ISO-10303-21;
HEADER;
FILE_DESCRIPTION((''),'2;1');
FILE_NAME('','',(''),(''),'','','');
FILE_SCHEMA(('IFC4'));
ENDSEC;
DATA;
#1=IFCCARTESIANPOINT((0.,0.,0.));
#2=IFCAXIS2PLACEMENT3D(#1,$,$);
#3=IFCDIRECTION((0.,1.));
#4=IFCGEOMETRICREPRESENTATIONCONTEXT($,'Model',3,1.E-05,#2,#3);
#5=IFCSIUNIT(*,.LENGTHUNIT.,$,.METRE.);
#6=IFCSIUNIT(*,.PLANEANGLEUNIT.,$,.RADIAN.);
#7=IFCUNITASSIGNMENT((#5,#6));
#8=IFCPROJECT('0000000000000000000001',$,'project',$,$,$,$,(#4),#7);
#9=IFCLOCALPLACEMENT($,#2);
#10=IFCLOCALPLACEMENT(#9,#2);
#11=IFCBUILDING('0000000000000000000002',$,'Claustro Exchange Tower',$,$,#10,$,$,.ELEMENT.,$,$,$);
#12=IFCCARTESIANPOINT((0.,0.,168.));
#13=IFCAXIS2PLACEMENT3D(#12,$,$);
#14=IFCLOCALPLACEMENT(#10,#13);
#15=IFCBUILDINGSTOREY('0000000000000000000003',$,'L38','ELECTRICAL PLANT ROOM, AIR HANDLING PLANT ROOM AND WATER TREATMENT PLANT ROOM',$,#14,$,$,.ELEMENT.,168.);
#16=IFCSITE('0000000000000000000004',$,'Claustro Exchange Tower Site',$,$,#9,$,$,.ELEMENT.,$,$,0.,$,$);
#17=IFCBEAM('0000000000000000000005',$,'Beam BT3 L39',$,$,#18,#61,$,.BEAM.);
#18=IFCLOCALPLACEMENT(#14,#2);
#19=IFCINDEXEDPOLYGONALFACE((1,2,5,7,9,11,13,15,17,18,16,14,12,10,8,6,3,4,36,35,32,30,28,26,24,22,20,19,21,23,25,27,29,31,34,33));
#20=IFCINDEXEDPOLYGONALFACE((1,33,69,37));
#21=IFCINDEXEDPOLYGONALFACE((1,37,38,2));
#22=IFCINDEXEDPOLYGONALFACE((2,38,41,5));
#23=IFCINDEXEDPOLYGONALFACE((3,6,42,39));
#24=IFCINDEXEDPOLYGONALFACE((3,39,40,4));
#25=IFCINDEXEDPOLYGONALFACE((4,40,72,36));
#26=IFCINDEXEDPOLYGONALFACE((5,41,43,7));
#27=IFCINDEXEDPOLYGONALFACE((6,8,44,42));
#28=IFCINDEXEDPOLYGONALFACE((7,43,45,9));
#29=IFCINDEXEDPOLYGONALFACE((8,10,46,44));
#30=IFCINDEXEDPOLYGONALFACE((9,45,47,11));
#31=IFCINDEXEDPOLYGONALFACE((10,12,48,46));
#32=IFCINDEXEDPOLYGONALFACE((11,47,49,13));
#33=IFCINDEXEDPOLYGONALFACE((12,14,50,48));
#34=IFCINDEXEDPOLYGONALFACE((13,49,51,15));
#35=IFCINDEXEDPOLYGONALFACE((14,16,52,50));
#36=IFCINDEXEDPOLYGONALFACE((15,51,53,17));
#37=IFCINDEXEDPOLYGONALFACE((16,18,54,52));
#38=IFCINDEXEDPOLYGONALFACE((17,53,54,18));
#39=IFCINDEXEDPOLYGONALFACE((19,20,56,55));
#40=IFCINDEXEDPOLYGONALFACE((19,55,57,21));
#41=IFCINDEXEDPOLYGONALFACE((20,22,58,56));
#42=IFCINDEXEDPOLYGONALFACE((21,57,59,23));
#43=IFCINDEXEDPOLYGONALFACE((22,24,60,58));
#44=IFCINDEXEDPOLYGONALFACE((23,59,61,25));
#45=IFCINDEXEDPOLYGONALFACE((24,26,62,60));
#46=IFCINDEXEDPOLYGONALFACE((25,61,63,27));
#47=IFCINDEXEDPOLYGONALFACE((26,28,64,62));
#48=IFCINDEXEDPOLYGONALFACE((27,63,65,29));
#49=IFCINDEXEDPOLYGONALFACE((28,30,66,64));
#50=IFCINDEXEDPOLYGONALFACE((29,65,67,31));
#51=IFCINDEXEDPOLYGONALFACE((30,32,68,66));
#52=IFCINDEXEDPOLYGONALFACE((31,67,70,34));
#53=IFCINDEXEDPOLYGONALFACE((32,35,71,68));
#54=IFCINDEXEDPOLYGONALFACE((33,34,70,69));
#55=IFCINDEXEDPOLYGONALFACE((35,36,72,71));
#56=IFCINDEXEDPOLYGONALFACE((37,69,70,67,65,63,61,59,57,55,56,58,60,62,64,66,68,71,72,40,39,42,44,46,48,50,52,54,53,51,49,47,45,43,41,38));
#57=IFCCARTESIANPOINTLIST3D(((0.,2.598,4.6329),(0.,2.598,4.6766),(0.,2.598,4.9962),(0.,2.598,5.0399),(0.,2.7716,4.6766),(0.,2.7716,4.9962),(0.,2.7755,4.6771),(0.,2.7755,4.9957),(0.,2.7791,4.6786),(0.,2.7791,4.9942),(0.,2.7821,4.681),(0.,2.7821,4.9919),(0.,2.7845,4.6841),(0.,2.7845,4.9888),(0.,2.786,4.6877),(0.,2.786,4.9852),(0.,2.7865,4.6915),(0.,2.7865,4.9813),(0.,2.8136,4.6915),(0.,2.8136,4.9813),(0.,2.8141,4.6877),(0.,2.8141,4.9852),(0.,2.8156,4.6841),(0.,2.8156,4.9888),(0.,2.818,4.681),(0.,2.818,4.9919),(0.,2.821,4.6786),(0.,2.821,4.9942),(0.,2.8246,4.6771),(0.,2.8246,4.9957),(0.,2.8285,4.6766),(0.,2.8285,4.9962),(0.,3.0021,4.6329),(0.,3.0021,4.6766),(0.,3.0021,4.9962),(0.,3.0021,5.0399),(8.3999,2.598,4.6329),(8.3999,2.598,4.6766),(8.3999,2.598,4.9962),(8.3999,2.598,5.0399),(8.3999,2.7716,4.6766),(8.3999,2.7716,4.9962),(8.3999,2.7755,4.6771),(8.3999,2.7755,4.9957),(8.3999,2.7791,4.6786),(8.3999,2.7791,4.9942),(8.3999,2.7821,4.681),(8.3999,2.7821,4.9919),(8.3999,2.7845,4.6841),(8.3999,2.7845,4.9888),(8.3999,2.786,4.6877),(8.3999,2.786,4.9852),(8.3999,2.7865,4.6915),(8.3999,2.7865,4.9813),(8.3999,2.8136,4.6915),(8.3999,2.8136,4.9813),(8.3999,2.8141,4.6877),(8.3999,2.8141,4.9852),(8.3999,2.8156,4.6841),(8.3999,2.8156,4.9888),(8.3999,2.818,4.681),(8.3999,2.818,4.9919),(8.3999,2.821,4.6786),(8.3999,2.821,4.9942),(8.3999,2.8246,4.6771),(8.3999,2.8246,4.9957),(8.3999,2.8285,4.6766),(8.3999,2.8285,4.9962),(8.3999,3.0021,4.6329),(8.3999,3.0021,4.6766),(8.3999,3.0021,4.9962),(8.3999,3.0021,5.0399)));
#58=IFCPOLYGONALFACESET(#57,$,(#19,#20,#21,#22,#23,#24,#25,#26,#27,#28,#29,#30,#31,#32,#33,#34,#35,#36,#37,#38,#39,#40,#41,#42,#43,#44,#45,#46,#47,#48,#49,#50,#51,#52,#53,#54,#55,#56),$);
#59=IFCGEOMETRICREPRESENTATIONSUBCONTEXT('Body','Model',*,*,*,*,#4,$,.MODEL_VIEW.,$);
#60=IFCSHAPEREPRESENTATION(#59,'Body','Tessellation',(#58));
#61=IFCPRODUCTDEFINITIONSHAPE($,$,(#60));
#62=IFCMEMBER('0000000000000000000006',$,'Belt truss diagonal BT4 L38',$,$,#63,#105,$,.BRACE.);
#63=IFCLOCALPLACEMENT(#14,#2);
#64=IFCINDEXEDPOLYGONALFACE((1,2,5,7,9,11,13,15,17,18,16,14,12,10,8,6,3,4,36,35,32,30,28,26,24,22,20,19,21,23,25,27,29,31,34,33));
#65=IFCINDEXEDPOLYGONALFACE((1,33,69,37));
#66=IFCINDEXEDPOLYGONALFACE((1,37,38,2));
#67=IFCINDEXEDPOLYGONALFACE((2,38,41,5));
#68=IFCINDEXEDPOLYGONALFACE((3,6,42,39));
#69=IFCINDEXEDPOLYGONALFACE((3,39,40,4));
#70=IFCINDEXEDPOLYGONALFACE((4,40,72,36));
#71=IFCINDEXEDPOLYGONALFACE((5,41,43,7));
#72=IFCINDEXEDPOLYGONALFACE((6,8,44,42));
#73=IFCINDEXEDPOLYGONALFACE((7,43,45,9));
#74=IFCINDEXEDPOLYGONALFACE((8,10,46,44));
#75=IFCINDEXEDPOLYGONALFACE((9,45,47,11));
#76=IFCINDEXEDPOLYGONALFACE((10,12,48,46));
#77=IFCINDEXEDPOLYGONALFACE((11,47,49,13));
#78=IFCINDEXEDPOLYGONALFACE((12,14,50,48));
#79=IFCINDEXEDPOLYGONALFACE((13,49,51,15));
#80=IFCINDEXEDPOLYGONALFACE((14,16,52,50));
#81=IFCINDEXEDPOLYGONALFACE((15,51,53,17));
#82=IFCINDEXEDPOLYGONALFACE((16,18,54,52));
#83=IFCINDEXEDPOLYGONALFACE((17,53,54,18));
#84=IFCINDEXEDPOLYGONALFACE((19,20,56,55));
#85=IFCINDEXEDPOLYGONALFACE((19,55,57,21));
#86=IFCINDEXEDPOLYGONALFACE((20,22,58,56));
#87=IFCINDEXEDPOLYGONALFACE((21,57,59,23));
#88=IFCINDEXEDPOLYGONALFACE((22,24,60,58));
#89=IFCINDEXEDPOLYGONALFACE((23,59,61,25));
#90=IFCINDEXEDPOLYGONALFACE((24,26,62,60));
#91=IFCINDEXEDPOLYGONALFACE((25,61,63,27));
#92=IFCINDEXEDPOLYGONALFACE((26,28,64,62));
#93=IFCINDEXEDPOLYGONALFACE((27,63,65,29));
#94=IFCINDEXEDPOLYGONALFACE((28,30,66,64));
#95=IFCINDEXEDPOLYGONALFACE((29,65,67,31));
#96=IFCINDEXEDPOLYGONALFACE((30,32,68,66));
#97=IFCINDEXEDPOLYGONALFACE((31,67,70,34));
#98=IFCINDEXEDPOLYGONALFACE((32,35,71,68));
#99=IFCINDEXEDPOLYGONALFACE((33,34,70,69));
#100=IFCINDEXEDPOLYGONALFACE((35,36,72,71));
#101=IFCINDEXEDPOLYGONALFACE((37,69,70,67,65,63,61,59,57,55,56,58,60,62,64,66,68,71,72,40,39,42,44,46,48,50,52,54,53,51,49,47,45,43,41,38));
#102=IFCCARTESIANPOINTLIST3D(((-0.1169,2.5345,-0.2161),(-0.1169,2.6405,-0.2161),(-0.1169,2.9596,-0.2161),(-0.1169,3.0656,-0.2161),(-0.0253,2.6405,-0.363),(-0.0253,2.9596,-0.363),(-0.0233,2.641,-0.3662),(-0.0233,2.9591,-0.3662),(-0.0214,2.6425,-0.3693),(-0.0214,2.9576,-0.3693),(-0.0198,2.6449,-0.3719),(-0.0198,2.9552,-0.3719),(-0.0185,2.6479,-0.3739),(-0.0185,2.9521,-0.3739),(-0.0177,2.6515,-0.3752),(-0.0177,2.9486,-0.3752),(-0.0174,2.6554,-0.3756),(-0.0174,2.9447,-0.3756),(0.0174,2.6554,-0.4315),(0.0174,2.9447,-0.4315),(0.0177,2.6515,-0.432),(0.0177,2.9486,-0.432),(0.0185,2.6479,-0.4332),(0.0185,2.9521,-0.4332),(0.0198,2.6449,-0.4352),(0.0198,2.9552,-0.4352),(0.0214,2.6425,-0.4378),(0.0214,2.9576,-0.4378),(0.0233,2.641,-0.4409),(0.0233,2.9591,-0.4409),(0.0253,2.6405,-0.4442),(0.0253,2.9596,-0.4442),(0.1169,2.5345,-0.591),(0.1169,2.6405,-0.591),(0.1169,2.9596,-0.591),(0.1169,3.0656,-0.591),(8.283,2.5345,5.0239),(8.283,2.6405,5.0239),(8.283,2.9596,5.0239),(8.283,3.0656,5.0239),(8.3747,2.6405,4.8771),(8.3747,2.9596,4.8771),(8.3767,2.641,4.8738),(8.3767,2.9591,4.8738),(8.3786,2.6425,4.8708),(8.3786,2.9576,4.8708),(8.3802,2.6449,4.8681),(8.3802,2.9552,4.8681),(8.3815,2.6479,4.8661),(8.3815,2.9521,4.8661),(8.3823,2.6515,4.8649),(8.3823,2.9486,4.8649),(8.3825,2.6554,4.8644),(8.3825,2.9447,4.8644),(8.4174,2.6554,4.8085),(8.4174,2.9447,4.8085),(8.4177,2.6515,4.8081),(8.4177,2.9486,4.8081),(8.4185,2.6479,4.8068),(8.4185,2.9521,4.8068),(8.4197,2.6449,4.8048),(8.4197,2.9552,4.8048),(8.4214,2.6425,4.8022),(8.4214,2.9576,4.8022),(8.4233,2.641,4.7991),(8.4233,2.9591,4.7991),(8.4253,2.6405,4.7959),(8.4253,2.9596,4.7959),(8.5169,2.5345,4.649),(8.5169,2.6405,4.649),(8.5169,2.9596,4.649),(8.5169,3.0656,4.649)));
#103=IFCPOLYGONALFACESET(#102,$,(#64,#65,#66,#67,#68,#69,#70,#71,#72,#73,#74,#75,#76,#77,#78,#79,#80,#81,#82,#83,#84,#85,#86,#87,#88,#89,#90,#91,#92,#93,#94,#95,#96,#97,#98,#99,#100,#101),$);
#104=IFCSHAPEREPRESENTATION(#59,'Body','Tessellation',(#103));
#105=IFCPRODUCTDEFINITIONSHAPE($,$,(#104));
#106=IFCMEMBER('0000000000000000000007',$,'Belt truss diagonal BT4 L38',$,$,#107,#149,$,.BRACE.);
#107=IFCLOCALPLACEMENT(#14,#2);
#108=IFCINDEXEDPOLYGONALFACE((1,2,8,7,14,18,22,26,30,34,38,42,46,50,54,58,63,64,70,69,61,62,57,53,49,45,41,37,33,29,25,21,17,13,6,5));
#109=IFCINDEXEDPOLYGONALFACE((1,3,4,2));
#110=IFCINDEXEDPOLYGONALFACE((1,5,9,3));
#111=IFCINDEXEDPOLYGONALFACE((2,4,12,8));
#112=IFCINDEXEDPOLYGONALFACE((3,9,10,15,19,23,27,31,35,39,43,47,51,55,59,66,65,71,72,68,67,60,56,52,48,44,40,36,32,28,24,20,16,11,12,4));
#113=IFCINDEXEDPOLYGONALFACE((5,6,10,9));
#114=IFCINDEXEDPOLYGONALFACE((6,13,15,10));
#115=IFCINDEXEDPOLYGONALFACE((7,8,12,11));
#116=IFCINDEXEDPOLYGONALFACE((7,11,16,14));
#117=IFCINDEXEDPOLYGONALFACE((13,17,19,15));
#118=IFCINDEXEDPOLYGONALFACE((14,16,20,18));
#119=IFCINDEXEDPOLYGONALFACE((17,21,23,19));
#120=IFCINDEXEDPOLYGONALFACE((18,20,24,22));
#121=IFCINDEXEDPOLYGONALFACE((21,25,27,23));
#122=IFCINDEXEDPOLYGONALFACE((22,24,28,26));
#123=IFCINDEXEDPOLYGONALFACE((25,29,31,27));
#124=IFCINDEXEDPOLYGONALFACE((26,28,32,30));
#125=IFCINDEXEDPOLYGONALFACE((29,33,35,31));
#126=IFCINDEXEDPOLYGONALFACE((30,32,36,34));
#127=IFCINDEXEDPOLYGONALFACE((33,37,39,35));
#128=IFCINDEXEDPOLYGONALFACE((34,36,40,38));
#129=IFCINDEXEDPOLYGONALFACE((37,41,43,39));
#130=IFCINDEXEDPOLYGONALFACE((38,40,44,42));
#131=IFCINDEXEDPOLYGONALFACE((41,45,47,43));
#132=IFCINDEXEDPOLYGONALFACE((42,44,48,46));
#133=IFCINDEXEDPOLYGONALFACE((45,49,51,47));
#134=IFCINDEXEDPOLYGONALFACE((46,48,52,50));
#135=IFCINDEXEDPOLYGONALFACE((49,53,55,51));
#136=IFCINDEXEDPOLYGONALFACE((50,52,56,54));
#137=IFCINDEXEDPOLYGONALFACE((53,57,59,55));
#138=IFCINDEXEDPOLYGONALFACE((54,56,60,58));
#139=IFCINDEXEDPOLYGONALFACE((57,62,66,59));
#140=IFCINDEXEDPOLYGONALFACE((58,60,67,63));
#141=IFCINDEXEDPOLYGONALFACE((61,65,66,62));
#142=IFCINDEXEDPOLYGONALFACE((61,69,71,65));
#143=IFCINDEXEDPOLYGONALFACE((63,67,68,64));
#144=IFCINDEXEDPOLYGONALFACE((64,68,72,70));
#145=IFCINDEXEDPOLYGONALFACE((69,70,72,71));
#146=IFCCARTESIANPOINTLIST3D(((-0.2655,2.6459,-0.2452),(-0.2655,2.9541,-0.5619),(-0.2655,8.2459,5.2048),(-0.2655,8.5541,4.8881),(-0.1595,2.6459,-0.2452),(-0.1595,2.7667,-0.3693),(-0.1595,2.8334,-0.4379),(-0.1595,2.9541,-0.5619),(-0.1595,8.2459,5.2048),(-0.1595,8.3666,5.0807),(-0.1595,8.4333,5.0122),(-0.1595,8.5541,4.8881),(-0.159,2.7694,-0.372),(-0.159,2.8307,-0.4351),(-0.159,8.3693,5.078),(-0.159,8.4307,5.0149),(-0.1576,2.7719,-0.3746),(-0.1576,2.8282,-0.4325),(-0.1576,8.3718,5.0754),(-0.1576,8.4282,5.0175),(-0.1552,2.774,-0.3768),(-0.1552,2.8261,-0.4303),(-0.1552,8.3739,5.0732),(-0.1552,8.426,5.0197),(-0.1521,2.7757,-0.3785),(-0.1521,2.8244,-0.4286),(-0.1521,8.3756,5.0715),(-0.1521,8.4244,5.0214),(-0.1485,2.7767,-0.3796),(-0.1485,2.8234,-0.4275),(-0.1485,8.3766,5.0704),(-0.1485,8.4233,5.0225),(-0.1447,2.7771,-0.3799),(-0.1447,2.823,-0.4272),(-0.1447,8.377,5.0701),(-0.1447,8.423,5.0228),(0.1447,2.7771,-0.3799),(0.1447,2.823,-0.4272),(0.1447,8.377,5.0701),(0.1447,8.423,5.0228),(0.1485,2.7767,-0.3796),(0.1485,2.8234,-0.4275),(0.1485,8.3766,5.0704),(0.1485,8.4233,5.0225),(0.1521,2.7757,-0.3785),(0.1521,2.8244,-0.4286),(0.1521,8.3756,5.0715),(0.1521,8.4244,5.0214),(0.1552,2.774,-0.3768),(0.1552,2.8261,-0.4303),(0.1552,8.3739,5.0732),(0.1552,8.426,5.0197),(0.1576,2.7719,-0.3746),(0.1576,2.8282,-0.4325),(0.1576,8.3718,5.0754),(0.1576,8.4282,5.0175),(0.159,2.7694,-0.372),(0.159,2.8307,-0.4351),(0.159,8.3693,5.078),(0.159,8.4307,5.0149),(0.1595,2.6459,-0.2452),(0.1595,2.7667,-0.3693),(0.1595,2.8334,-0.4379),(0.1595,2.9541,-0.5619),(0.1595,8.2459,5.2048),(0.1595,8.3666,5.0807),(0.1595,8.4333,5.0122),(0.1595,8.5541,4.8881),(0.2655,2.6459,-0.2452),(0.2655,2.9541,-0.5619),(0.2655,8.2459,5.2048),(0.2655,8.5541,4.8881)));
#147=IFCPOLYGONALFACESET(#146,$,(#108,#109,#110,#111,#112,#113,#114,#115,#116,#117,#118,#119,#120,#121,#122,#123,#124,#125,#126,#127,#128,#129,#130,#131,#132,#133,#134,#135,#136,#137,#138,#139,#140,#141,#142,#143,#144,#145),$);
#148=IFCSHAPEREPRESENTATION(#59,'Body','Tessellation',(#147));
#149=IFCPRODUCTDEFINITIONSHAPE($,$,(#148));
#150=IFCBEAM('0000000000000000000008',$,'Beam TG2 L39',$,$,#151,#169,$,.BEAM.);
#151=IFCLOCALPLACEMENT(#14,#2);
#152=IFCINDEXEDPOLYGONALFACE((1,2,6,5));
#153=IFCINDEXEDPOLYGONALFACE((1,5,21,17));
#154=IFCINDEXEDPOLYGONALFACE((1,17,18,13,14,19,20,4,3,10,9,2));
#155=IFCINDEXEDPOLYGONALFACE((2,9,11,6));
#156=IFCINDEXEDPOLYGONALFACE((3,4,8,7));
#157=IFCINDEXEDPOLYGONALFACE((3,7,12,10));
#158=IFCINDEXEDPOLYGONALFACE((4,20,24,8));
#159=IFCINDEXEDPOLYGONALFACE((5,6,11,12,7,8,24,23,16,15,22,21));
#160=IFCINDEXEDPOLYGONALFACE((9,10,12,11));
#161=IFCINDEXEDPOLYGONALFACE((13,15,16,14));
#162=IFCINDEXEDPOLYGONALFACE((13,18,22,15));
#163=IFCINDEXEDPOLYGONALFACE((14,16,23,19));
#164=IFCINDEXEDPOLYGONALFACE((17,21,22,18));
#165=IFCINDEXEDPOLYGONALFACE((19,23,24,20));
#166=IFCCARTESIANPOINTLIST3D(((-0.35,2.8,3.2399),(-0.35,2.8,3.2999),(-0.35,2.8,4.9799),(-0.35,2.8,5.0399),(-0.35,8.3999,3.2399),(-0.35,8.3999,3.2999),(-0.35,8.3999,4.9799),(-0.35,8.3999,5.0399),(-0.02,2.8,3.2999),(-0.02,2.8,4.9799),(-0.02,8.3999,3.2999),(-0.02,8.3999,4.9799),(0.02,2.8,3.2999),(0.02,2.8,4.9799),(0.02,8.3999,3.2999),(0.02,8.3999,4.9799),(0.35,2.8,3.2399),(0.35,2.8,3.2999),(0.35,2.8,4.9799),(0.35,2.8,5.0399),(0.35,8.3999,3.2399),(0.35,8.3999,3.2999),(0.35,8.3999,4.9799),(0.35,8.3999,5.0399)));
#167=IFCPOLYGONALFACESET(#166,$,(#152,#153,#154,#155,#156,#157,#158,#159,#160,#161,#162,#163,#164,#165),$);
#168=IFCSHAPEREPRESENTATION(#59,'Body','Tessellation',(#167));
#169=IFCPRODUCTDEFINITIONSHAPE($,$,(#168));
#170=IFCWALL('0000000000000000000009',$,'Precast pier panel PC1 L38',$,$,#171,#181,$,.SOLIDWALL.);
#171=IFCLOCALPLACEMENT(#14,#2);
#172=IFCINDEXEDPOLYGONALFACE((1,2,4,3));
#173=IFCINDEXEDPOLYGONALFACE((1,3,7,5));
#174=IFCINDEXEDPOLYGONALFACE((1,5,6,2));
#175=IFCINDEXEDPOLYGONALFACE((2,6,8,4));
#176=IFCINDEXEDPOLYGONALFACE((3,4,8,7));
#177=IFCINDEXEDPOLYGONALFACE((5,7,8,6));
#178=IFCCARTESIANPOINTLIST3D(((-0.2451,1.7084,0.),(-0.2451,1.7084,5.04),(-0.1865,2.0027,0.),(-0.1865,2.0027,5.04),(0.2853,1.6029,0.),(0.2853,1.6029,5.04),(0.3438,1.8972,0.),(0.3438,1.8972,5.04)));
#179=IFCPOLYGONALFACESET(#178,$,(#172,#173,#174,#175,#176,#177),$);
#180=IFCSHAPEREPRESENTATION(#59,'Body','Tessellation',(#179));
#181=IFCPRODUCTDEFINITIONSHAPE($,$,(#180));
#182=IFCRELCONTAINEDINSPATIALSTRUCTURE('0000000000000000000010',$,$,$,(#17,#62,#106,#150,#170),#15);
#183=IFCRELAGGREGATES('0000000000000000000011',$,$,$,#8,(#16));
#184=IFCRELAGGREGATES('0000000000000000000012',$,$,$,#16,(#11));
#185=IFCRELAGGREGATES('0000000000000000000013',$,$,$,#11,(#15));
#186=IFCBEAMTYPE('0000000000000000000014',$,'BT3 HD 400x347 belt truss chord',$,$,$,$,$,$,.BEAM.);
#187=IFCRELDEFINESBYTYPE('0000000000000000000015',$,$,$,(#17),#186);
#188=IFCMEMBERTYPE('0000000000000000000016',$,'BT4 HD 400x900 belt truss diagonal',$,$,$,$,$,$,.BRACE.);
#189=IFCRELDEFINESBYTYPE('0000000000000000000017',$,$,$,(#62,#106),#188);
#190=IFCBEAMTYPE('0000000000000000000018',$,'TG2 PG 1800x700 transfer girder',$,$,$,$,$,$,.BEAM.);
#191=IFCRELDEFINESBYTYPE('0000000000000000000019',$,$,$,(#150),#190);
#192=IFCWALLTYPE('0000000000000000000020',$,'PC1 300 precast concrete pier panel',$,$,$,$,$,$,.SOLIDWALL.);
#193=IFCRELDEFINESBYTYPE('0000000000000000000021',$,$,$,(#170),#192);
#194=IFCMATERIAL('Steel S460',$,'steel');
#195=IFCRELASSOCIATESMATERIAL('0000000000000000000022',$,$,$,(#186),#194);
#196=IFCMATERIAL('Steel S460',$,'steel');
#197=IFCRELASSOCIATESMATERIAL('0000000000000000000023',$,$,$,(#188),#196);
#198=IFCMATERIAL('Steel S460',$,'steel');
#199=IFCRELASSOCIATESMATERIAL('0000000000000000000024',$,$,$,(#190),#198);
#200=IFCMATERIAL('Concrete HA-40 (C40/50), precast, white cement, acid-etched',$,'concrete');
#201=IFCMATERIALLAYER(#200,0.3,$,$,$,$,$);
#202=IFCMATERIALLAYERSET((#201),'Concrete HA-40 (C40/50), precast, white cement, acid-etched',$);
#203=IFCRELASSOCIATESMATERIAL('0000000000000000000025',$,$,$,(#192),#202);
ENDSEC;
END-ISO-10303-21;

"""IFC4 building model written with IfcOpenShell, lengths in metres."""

from ifc_helpers import new_model, si_unit, direction, frame, frame_2d, origin, origin_2d, place, context, subcontext, project, spatial, rectangle, i_section, extrude, material, layer, layer_set, material_profile, profile_set, type_object, element, save


model = new_model("IFC4")

# Units and contexts
model_context = context("Model", 3, precision=1e-05, world=origin(), true_north=direction((0.0, 1.0)))
body_context = subcontext(model_context, "Body", "Model", "MODEL_VIEW")
ifc_project = project(units=[si_unit("LENGTHUNIT", "METRE"), si_unit("PLANEANGLEUNIT", "RADIAN")], contexts=[model_context])

# Site, building, storey
site_placement = place(None, origin())
site = spatial("IfcSite", under=ifc_project, at=site_placement, Name="Claustro Exchange Tower Site", CompositionType="ELEMENT", RefElevation=0.0)
building_placement = place(site_placement, origin())
building = spatial("IfcBuilding", under=site, at=building_placement, Name="Claustro Exchange Tower", CompositionType="ELEMENT")
storey_placement = place(building_placement, frame((0.0, 0.0, 168.0)))
storey = spatial("IfcBuildingStorey", under=building, at=storey_placement, Name="L38", Description="ELECTRICAL PLANT ROOM, AIR HANDLING PLANT ROOM AND WATER TREATMENT PLANT ROOM", CompositionType="ELEMENT", Elevation=168.0)

# Beam
ifc_material_1 = material(Name="Steel S460", Category="steel")
ifc_material_profile_1 = material_profile(ifc_material_1, i_section(OverallWidth=0.4041, OverallDepth=0.407, WebThickness=0.0271, FlangeThickness=0.0437, FilletRadius=0.0149, at=origin_2d()), Name="HD 400x347")
ifc_profile_set_1 = profile_set([ifc_material_profile_1], Name="Steel S460")
beam_type_1 = type_object("IfcBeamType", Name="BT3 HD 400x347 belt truss chord", PredefinedType="BEAM", material=ifc_profile_set_1)
beam_1_placement = place(storey_placement, frame((0.0, 2.8, 4.8364), z_axis=(1.0, 0.0, 0.0), x_axis=(0.0, 1.0, 0.0)))
element("IfcBeam", 1, at=beam_1_placement, inside=storey, type_object=beam_type_1, Name="Beam BT3 L39", PredefinedType="BEAM", context=body_context, shape_type="SweptSolid", body=[
    extrude(i_section(OverallWidth=0.4041, OverallDepth=0.407, WebThickness=0.0271, FlangeThickness=0.0437, FilletRadius=0.0149, at=origin_2d()), origin(), (0.0, 0.0, 1.0), 8.3999),
])

# Members
ifc_material_2 = material(Name="Steel S460", Category="steel")
ifc_material_profile_2 = material_profile(ifc_material_2, i_section(OverallWidth=0.4419, OverallDepth=0.531, WebThickness=0.0659, FlangeThickness=0.106, FilletRadius=0.0149, at=origin_2d()), Name="HD 400x900")
ifc_profile_set_2 = profile_set([ifc_material_profile_2], Name="Steel S460")
member_type = type_object("IfcMemberType", Name="BT4 HD 400x900 belt truss diagonal", PredefinedType="BRACE", material=ifc_profile_set_2)
member_1_placement = place(storey_placement, frame((0.0, 2.8, -0.4036), z_axis=(0.84845, 0.0, 0.529276), x_axis=(-0.529276, 0.0, 0.84845)))
element("IfcMember", 2, at=member_1_placement, inside=storey, type_object=member_type, Name="Belt truss diagonal BT4 L38", PredefinedType="BRACE", context=body_context, shape_type="SweptSolid", body=[
    extrude(i_section(OverallWidth=0.4419, OverallDepth=0.531, WebThickness=0.0659, FlangeThickness=0.106, FilletRadius=0.0149, at=origin_2d()), origin(), (0.0, 0.0, 1.0), 9.9004),
])
member_2_placement = place(storey_placement, frame((0.0, 2.8, -0.4036), z_axis=(0.0, 0.716633, 0.69745), x_axis=(0.0, -0.69745, 0.716633)))
element("IfcMember", 3, at=member_2_placement, inside=storey, type_object=member_type, Name="Belt truss diagonal BT4 L38", PredefinedType="BRACE", context=body_context, shape_type="SweptSolid", body=[
    extrude(i_section(OverallWidth=0.4419, OverallDepth=0.531, WebThickness=0.0659, FlangeThickness=0.106, FilletRadius=0.0149, at=origin_2d()), origin(), (0.0, 0.0, 1.0), 7.8142),
])

# Beam
ifc_material_3 = material(Name="Steel S460", Category="steel")
ifc_material_profile_3 = material_profile(ifc_material_3, i_section(OverallWidth=0.7, OverallDepth=1.8, WebThickness=0.04, FlangeThickness=0.0601, at=origin_2d()), Name="PG 1800x700")
ifc_profile_set_3 = profile_set([ifc_material_profile_3], Name="Steel S460")
beam_type_2 = type_object("IfcBeamType", Name="TG2 PG 1800x700 transfer girder", PredefinedType="BEAM", material=ifc_profile_set_3)
beam_2_placement = place(storey_placement, frame((0.0, 2.8, 4.1399), z_axis=(0.0, 1.0, 0.0), x_axis=(-1.0, 0.0, 0.0)))
element("IfcBeam", 4, at=beam_2_placement, inside=storey, type_object=beam_type_2, Name="Beam TG2 L39", PredefinedType="BEAM", context=body_context, shape_type="SweptSolid", body=[
    extrude(i_section(OverallWidth=0.7, OverallDepth=1.8, WebThickness=0.04, FlangeThickness=0.0601, at=origin_2d()), origin(), (0.0, 0.0, 1.0), 5.5999),
])

# Wall
ifc_material_4 = material(Name="Concrete HA-40 (C40/50), precast, white cement, acid-etched", Category="concrete")
ifc_layer_1 = layer(ifc_material_4, 0.3)
ifc_layer_set_1 = layer_set([ifc_layer_1], Name="Concrete HA-40 (C40/50), precast, white cement, acid-etched")
wall_type_1 = type_object("IfcWallType", Name="PC1 300 precast concrete pier panel", PredefinedType="SOLIDWALL", material=ifc_layer_set_1)
wall_1_placement = place(storey_placement, frame((0.3147, 1.75, 0.0), z_axis=(0.0, 0.0, 1.0), x_axis=(-0.980789, 0.195074, 0.0)))
element("IfcWall", 5, at=wall_1_placement, inside=storey, type_object=wall_type_1, Name="Precast pier panel PC1 L38", PredefinedType="SOLIDWALL", context=body_context, shape_type="SweptSolid", body=[
    extrude(rectangle(XDim=0.5408, YDim=0.3, at=frame_2d((0.2705, 0.0))), origin(), (0.0, 0.0, 1.0), 5.04),
])

save(model, "model.ifc")
